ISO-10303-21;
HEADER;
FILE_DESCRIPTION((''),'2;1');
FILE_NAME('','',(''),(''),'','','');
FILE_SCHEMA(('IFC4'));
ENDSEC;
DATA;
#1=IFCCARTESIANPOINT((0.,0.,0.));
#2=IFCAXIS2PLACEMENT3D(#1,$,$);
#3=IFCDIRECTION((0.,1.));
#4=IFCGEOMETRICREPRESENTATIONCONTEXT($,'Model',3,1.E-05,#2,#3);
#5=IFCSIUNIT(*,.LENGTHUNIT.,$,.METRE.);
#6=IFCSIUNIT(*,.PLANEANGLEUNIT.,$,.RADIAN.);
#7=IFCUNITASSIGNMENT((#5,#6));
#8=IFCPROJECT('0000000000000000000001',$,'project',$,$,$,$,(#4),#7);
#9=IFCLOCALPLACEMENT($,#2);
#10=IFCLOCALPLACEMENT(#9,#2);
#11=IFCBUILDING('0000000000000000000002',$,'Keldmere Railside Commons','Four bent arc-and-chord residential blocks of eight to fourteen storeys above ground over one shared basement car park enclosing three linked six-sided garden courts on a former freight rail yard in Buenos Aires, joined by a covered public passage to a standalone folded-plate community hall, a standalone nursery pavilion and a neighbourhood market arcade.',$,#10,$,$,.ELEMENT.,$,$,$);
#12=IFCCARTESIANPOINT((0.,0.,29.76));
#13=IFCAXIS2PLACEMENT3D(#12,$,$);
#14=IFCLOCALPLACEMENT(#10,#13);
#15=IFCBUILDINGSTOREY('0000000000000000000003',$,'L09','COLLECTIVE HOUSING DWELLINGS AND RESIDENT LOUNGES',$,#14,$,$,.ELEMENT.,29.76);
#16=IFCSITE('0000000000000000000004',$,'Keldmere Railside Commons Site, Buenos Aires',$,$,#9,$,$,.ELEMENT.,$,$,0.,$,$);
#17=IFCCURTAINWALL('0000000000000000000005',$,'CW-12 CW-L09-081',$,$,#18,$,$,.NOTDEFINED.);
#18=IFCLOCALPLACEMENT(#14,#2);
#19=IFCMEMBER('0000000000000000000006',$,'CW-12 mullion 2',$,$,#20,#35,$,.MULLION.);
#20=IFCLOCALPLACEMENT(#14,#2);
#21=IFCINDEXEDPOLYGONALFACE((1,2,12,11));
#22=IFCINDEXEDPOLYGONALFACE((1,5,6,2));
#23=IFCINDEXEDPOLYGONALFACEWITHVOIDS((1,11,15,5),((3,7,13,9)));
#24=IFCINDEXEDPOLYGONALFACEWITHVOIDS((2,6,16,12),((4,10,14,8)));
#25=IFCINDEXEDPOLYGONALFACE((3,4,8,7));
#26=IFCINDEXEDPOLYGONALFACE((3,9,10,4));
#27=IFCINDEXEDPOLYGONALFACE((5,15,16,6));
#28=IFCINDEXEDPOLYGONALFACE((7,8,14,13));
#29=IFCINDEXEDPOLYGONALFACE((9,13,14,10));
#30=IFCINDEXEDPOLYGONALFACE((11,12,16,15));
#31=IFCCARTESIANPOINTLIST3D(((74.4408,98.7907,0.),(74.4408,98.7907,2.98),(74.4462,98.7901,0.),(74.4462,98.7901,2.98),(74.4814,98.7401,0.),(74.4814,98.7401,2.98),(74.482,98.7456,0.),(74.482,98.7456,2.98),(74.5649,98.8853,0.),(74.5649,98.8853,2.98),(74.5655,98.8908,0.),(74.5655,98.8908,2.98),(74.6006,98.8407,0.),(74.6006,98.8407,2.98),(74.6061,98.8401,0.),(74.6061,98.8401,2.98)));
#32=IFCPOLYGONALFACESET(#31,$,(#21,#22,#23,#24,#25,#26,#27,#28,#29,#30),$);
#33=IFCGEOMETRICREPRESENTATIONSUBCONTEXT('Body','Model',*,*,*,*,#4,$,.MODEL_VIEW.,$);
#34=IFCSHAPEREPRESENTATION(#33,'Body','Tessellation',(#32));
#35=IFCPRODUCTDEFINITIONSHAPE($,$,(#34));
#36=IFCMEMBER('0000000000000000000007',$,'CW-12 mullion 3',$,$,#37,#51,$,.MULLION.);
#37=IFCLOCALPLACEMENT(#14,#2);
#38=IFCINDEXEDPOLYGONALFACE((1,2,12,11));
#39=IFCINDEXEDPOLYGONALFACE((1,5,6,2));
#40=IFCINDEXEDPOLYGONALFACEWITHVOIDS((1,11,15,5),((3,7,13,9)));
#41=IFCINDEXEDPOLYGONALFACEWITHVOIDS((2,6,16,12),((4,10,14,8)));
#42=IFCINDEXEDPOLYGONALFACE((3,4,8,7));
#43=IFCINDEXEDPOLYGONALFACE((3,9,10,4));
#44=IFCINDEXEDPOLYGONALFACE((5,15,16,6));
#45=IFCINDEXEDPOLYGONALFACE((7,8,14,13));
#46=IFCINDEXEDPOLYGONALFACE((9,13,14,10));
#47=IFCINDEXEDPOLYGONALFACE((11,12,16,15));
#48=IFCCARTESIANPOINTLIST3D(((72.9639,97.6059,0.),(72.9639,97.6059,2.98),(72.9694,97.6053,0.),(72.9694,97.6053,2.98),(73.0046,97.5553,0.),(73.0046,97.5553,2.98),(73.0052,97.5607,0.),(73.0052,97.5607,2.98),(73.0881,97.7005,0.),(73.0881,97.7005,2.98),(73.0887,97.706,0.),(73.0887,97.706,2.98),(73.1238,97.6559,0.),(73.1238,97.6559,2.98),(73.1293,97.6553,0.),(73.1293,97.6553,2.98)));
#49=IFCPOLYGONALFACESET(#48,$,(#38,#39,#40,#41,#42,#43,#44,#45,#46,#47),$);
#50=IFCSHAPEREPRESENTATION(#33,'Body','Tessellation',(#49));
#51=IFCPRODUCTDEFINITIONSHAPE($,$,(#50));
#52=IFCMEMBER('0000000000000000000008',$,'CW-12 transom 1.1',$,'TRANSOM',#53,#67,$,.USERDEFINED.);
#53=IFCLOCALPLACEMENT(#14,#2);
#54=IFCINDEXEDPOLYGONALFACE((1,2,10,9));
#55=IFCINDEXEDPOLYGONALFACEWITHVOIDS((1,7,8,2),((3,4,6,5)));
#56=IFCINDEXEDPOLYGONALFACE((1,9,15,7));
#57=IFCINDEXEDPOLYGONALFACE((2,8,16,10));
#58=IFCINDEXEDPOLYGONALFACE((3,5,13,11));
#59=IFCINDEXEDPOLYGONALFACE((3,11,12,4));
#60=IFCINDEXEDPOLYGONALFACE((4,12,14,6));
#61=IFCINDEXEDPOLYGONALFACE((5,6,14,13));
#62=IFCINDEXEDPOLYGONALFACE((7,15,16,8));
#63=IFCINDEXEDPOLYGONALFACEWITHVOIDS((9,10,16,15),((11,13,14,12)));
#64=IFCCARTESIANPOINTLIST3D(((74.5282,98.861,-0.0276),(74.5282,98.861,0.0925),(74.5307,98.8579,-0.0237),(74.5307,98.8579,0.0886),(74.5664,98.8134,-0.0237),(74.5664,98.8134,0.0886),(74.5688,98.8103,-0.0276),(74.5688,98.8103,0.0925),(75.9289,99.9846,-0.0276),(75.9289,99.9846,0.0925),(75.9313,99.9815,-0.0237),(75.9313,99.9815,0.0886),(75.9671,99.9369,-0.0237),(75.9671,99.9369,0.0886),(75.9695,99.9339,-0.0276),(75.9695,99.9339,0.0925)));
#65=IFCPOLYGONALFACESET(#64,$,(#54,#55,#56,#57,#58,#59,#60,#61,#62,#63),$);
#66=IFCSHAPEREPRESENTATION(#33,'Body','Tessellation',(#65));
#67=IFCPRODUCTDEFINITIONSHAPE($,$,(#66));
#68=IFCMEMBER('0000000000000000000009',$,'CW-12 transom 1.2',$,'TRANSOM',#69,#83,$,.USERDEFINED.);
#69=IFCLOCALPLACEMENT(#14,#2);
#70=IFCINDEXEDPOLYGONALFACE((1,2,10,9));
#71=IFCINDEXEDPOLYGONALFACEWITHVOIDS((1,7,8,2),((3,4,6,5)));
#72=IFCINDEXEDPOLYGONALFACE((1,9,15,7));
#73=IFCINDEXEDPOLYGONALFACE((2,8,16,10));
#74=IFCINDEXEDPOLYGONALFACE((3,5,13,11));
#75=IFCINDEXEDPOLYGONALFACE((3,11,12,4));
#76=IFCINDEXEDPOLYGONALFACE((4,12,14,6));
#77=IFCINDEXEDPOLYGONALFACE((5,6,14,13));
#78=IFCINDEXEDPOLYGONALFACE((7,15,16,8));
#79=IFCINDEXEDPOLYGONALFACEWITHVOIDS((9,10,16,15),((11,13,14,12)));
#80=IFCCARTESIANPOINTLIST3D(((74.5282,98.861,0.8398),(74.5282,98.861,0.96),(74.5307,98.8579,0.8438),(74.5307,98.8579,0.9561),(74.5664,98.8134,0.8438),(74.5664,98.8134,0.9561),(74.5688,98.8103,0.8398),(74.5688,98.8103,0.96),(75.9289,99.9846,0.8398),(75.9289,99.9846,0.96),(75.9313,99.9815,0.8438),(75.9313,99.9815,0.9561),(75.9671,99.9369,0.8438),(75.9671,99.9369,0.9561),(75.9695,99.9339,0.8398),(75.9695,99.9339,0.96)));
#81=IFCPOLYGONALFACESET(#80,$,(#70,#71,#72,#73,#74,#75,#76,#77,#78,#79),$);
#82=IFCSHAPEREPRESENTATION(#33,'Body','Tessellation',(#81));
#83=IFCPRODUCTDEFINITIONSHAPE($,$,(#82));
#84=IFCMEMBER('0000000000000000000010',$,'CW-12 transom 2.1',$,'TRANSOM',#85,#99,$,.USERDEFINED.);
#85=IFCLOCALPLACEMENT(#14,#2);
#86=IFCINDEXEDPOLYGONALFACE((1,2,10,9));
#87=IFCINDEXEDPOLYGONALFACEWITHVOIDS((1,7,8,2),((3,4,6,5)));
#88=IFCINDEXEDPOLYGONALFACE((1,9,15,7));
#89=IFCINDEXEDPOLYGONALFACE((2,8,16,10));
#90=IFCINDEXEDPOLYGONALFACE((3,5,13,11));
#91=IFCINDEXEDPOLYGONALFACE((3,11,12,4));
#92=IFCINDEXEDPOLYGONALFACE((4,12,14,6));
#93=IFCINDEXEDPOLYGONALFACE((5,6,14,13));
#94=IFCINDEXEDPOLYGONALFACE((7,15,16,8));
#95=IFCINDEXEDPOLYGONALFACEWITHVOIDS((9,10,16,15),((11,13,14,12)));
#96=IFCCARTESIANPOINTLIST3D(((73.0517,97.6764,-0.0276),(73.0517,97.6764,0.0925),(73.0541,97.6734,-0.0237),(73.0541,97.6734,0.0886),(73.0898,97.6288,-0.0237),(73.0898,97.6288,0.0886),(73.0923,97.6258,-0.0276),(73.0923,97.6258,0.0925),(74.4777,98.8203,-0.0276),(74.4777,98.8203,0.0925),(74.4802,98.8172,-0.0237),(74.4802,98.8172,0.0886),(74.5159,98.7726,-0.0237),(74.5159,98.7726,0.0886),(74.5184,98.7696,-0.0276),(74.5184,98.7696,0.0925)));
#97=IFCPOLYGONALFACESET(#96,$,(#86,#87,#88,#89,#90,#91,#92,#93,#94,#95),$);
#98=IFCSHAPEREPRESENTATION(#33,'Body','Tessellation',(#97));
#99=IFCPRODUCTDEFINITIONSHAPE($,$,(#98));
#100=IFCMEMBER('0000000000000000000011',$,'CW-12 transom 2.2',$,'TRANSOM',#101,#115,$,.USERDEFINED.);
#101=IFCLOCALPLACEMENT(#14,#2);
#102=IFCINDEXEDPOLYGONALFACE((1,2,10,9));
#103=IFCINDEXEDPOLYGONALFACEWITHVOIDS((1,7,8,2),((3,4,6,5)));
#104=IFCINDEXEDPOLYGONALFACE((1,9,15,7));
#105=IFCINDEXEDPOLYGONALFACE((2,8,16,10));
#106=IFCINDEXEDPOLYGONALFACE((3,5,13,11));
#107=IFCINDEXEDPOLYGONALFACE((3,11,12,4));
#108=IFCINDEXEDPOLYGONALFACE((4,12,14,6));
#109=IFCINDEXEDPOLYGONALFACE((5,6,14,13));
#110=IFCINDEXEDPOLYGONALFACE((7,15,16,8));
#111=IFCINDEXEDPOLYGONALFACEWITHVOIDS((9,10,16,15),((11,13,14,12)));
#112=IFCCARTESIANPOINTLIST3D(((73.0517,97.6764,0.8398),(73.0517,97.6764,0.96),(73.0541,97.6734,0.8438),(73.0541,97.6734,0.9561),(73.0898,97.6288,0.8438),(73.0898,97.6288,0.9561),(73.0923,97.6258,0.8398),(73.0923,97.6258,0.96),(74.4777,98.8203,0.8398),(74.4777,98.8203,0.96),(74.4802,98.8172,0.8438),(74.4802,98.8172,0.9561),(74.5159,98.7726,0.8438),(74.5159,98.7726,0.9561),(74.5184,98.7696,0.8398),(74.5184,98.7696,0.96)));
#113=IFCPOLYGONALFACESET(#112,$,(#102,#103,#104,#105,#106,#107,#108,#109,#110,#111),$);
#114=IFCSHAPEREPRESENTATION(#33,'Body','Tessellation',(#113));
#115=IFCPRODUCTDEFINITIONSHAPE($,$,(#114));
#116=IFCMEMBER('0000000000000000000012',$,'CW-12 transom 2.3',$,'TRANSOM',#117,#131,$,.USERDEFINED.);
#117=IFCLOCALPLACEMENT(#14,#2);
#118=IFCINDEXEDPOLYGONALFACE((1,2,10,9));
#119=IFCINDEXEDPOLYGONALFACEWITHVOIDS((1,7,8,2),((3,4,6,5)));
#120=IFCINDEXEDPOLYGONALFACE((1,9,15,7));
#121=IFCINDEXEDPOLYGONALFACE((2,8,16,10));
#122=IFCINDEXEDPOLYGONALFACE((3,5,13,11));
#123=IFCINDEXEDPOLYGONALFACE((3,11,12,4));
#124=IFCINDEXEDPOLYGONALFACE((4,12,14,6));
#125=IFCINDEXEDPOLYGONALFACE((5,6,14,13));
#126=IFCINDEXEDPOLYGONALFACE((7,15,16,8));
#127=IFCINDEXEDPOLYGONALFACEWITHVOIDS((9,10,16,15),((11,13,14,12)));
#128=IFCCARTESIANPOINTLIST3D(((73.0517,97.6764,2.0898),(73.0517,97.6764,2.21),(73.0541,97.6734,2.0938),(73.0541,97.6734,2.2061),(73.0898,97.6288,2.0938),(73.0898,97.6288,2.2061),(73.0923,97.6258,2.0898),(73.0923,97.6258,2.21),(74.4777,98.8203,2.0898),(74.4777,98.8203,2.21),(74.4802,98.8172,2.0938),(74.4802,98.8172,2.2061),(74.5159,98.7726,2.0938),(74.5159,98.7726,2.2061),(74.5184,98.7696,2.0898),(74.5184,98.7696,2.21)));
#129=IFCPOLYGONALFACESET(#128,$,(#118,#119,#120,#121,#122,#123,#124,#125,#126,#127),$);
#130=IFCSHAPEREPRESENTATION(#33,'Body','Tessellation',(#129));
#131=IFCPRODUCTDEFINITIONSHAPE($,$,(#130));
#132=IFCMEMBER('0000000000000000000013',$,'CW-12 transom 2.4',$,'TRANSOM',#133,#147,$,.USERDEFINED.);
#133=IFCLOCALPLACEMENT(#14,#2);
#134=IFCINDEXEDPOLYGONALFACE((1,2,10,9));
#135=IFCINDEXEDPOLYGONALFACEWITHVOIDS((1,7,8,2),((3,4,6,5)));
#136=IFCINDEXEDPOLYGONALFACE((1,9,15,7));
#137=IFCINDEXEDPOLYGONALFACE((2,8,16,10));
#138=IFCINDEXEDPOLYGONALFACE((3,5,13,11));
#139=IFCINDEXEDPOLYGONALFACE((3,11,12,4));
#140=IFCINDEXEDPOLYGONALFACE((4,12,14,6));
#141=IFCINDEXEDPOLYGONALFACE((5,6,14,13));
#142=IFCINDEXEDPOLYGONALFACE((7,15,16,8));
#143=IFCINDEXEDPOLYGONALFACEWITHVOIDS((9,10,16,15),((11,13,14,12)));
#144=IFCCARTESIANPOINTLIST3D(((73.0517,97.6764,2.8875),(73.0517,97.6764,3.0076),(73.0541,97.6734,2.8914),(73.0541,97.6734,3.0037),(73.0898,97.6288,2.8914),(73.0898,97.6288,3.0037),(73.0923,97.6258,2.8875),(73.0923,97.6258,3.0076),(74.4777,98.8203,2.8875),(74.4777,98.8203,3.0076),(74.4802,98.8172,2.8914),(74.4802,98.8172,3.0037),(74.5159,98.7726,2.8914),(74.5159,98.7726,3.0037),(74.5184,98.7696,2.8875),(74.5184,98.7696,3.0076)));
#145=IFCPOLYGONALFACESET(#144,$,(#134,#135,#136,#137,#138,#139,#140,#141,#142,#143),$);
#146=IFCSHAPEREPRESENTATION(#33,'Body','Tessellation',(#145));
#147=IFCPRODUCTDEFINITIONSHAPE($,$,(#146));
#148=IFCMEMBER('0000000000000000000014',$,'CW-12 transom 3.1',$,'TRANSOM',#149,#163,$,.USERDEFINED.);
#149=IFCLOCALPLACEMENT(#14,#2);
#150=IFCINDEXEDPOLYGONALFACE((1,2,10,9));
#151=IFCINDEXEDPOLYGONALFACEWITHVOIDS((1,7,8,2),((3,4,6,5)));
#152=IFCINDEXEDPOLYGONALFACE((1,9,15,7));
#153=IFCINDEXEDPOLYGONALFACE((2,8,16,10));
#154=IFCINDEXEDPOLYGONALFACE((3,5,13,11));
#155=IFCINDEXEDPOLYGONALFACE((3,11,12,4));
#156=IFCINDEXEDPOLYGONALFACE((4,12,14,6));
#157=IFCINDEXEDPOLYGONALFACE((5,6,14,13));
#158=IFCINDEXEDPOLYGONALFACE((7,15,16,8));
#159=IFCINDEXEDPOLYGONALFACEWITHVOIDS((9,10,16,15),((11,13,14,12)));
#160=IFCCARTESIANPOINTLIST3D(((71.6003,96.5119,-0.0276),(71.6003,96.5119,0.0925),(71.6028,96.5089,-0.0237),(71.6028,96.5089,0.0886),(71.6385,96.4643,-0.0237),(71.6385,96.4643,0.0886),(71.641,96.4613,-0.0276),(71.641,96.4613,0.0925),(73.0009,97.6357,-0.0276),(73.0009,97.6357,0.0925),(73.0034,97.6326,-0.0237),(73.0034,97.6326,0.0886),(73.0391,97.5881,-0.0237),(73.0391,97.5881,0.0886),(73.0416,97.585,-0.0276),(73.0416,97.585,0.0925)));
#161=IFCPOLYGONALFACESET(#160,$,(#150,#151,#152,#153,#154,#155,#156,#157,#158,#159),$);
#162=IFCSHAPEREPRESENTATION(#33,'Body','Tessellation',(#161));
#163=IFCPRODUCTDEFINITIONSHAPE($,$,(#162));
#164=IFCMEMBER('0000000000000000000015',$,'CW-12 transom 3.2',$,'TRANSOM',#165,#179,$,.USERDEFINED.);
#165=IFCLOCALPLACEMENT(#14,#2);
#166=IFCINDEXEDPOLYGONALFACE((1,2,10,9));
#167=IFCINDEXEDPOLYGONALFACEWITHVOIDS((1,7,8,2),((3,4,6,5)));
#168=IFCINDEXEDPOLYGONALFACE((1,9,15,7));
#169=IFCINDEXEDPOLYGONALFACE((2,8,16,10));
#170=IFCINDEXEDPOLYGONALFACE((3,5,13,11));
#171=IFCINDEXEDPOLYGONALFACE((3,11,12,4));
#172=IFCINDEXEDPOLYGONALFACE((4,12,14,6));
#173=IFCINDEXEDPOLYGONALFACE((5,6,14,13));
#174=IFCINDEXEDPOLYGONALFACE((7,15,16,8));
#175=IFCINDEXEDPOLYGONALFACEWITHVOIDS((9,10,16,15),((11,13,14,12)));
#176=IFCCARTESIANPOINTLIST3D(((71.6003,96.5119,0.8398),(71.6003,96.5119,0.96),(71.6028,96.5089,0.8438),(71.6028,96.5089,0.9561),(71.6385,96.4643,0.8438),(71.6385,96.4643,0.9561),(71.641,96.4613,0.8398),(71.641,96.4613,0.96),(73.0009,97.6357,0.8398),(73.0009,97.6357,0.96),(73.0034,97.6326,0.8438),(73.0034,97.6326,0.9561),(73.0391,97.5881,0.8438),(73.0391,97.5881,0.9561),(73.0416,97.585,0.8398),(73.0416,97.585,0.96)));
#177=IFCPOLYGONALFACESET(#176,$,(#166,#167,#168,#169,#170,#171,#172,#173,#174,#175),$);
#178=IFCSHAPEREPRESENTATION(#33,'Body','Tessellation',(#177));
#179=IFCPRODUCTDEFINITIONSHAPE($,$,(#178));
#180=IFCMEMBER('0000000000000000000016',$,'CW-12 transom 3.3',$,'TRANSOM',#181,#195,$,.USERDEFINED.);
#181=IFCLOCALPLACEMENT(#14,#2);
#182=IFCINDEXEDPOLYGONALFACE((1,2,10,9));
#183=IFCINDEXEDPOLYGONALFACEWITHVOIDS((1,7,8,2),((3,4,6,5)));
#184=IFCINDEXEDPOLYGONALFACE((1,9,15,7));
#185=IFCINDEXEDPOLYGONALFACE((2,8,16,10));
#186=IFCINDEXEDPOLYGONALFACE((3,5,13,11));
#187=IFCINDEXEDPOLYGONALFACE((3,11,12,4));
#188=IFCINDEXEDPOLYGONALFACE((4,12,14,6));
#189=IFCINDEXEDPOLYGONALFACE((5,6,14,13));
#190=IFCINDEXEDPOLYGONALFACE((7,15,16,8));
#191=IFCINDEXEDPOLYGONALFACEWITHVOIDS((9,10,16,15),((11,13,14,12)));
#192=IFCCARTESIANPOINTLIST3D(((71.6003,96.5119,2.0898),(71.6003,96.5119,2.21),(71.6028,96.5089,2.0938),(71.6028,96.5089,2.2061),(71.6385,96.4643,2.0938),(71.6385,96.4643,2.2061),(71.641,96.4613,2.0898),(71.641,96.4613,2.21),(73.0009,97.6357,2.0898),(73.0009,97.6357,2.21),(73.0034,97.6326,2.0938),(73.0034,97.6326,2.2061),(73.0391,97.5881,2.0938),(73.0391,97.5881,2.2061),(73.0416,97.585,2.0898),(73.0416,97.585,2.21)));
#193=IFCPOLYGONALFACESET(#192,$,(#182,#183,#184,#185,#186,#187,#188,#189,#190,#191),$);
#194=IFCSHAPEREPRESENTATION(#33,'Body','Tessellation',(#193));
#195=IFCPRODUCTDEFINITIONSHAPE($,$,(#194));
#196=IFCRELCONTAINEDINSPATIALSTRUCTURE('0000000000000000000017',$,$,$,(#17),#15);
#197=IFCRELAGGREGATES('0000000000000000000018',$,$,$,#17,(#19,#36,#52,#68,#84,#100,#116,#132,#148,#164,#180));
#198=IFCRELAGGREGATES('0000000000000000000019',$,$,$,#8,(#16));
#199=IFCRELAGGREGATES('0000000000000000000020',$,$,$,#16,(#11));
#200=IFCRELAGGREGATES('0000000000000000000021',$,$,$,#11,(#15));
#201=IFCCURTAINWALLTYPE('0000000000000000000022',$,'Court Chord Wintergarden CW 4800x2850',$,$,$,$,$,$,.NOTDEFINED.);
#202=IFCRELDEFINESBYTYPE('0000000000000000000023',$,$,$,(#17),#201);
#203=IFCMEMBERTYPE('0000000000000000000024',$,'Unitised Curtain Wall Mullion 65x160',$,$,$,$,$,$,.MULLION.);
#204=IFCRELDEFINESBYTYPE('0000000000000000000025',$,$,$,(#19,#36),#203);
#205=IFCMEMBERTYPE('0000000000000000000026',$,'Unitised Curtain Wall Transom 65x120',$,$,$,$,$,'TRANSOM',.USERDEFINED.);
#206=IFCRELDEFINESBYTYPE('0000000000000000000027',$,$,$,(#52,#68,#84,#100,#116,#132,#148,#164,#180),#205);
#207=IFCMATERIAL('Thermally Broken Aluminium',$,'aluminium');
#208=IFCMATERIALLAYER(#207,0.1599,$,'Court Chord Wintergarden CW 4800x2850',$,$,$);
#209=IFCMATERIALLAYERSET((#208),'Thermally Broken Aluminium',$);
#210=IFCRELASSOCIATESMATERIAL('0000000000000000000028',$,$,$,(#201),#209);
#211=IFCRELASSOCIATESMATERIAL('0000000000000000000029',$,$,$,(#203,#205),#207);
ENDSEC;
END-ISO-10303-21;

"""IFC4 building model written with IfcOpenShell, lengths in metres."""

from ifc_helpers import new_model, si_unit, direction, frame, origin, origin_2d, place, context, subcontext, project, spatial, hollow_rectangle, extrude, material, layer, layer_set, material_profile, profile_set, type_object, element, aggregate, save


model = new_model("IFC4")

# Units and contexts
model_context = context("Model", 3, precision=1e-05, world=origin(), true_north=direction((0.0, 1.0)))
body_context = subcontext(model_context, "Body", "Model", "MODEL_VIEW")
ifc_project = project(units=[si_unit("LENGTHUNIT", "METRE"), si_unit("PLANEANGLEUNIT", "RADIAN")], contexts=[model_context])

# Site, building, storey
site_placement = place(None, origin())
site = spatial("IfcSite", under=ifc_project, at=site_placement, Name="Keldmere Railside Commons Site, Buenos Aires", CompositionType="ELEMENT", RefElevation=0.0)
building_placement = place(site_placement, origin())
building = spatial("IfcBuilding", under=site, at=building_placement, Name="Keldmere Railside Commons", Description="Four bent arc-and-chord residential blocks of eight to fourteen storeys above ground over one shared basement car park enclosing three linked six-sided garden courts on a former freight rail yard in Buenos Aires, joined by a covered public passage to a standalone folded-plate community hall, a standalone nursery pavilion and a neighbourhood market arcade.", CompositionType="ELEMENT")
storey_placement = place(building_placement, frame((0.0, 0.0, 29.76)))
storey = spatial("IfcBuildingStorey", under=building, at=storey_placement, Name="L09", Description="COLLECTIVE HOUSING DWELLINGS AND RESIDENT LOUNGES", CompositionType="ELEMENT", Elevation=29.76)

# Curtain wall, members
ifc_material_1 = material(Name="Thermally Broken Aluminium", Category="aluminium")
ifc_layer_1 = layer(ifc_material_1, 0.1599, Name="Court Chord Wintergarden CW 4800x2850")
ifc_layer_set_1 = layer_set([ifc_layer_1], Name="Thermally Broken Aluminium")
curtain_wall_type = type_object("IfcCurtainWallType", Name="Court Chord Wintergarden CW 4800x2850", PredefinedType="NOTDEFINED", material=ifc_layer_set_1)
curtain_wall_placement = place(storey_placement, origin())
curtain_wall = element("IfcCurtainWall", 1, at=curtain_wall_placement, inside=storey, type_object=curtain_wall_type, Name="CW-12 CW-L09-081", PredefinedType="NOTDEFINED")
ifc_material_profile_1 = material_profile(ifc_material_1, hollow_rectangle(XDim=0.0649, YDim=0.1599, WallThickness=0.0039, at=origin_2d()), Name="ALU-MULL-65x160")
ifc_profile_set_1 = profile_set([ifc_material_profile_1], Name="Thermally Broken Aluminium")
member_type_1 = type_object("IfcMemberType", Name="Unitised Curtain Wall Mullion 65x160", PredefinedType="MULLION", material=ifc_profile_set_1)
member_1_placement = place(storey_placement, frame((74.5234, 98.8154, 0.0), z_axis=(0.0, 0.0, 1.0), x_axis=(0.625768, -0.780009, 0.0)))
member_1 = element("IfcMember", 2, at=member_1_placement, type_object=member_type_1, Name="CW-12 mullion 2", PredefinedType="MULLION", context=body_context, shape_type="SweptSolid", body=[
    extrude(hollow_rectangle(XDim=0.0649, YDim=0.1599, WallThickness=0.0039, at=origin_2d()), origin(), (0.0, 0.0, 1.0), 2.98),
])
member_2_placement = place(storey_placement, frame((73.0466, 97.6306, 0.0), z_axis=(0.0, 0.0, 1.0), x_axis=(0.625768, -0.780009, 0.0)))
member_2 = element("IfcMember", 3, at=member_2_placement, type_object=member_type_1, Name="CW-12 mullion 3", PredefinedType="MULLION", context=body_context, shape_type="SweptSolid", body=[
    extrude(hollow_rectangle(XDim=0.0649, YDim=0.1599, WallThickness=0.0039, at=origin_2d()), origin(), (0.0, 0.0, 1.0), 2.98),
])
ifc_material_profile_2 = material_profile(ifc_material_1, hollow_rectangle(XDim=0.0649, YDim=0.1201, WallThickness=0.0039, at=origin_2d()), Name="ALU-TRAN-65x120")
ifc_profile_set_2 = profile_set([ifc_material_profile_2], Name="Thermally Broken Aluminium")
member_type_2 = type_object("IfcMemberType", Name="Unitised Curtain Wall Transom 65x120", ElementType="TRANSOM", PredefinedType="USERDEFINED", material=ifc_profile_set_2)
member_3_placement = place(storey_placement, frame((75.9492, 99.9592, 0.0325), z_axis=(-0.780046, -0.625723, 0.0), x_axis=(0.625723, -0.780046, 0.0)))
member_3 = element("IfcMember", 4, at=member_3_placement, type_object=member_type_2, Name="CW-12 transom 1.1", ObjectType="TRANSOM", PredefinedType="USERDEFINED", context=body_context, shape_type="SweptSolid", body=[
    extrude(hollow_rectangle(XDim=0.0649, YDim=0.1201, WallThickness=0.0039, at=origin_2d()), origin(), (0.0, 0.0, 1.0), 1.7957),
])
member_4_placement = place(storey_placement, frame((75.9492, 99.9592, 0.8999), z_axis=(-0.780046, -0.625723, 0.0), x_axis=(0.625723, -0.780046, 0.0)))
member_4 = element("IfcMember", 5, at=member_4_placement, type_object=member_type_2, Name="CW-12 transom 1.2", ObjectType="TRANSOM", PredefinedType="USERDEFINED", context=body_context, shape_type="SweptSolid", body=[
    extrude(hollow_rectangle(XDim=0.0649, YDim=0.1201, WallThickness=0.0039, at=origin_2d()), origin(), (0.0, 0.0, 1.0), 1.7957),
])
member_5_placement = place(storey_placement, frame((74.498, 98.7949, 0.0325), z_axis=(-0.780073, -0.625688, 0.0), x_axis=(0.625688, -0.780073, 0.0)))
member_5 = element("IfcMember", 6, at=member_5_placement, type_object=member_type_2, Name="CW-12 transom 2.1", ObjectType="TRANSOM", PredefinedType="USERDEFINED", context=body_context, shape_type="SweptSolid", body=[
    extrude(hollow_rectangle(XDim=0.0649, YDim=0.1201, WallThickness=0.0039, at=origin_2d()), origin(), (0.0, 0.0, 1.0), 1.8281),
])
member_6_placement = place(storey_placement, frame((74.498, 98.7949, 0.8999), z_axis=(-0.780073, -0.625688, 0.0), x_axis=(0.625688, -0.780073, 0.0)))
member_6 = element("IfcMember", 7, at=member_6_placement, type_object=member_type_2, Name="CW-12 transom 2.2", ObjectType="TRANSOM", PredefinedType="USERDEFINED", context=body_context, shape_type="SweptSolid", body=[
    extrude(hollow_rectangle(XDim=0.0649, YDim=0.1201, WallThickness=0.0039, at=origin_2d()), origin(), (0.0, 0.0, 1.0), 1.8281),
])
member_7_placement = place(storey_placement, frame((74.498, 98.7949, 2.1499), z_axis=(-0.780073, -0.625688, 0.0), x_axis=(0.625688, -0.780073, 0.0)))
member_7 = element("IfcMember", 8, at=member_7_placement, type_object=member_type_2, Name="CW-12 transom 2.3", ObjectType="TRANSOM", PredefinedType="USERDEFINED", context=body_context, shape_type="SweptSolid", body=[
    extrude(hollow_rectangle(XDim=0.0649, YDim=0.1201, WallThickness=0.0039, at=origin_2d()), origin(), (0.0, 0.0, 1.0), 1.8281),
])
member_8_placement = place(storey_placement, frame((74.498, 98.7949, 2.9475), z_axis=(-0.780073, -0.625688, 0.0), x_axis=(0.625688, -0.780073, 0.0)))
member_8 = element("IfcMember", 9, at=member_8_placement, type_object=member_type_2, Name="CW-12 transom 2.4", ObjectType="TRANSOM", PredefinedType="USERDEFINED", context=body_context, shape_type="SweptSolid", body=[
    extrude(hollow_rectangle(XDim=0.0649, YDim=0.1201, WallThickness=0.0039, at=origin_2d()), origin(), (0.0, 0.0, 1.0), 1.8281),
])
member_9_placement = place(storey_placement, frame((73.0212, 97.6104, 0.0325), z_axis=(-0.779979, -0.625805, 0.0), x_axis=(0.625805, -0.779979, 0.0)))
member_9 = element("IfcMember", 10, at=member_9_placement, type_object=member_type_2, Name="CW-12 transom 3.1", ObjectType="TRANSOM", PredefinedType="USERDEFINED", context=body_context, shape_type="SweptSolid", body=[
    extrude(hollow_rectangle(XDim=0.0649, YDim=0.1201, WallThickness=0.0039, at=origin_2d()), origin(), (0.0, 0.0, 1.0), 1.7957),
])
member_10_placement = place(storey_placement, frame((73.0212, 97.6104, 0.8999), z_axis=(-0.779979, -0.625805, 0.0), x_axis=(0.625805, -0.779979, 0.0)))
member_10 = element("IfcMember", 11, at=member_10_placement, type_object=member_type_2, Name="CW-12 transom 3.2", ObjectType="TRANSOM", PredefinedType="USERDEFINED", context=body_context, shape_type="SweptSolid", body=[
    extrude(hollow_rectangle(XDim=0.0649, YDim=0.1201, WallThickness=0.0039, at=origin_2d()), origin(), (0.0, 0.0, 1.0), 1.7957),
])
member_11_placement = place(storey_placement, frame((73.0212, 97.6104, 2.1499), z_axis=(-0.779979, -0.625805, 0.0), x_axis=(0.625805, -0.779979, 0.0)))
member_11 = element("IfcMember", 12, at=member_11_placement, type_object=member_type_2, Name="CW-12 transom 3.3", ObjectType="TRANSOM", PredefinedType="USERDEFINED", context=body_context, shape_type="SweptSolid", body=[
    extrude(hollow_rectangle(XDim=0.0649, YDim=0.1201, WallThickness=0.0039, at=origin_2d()), origin(), (0.0, 0.0, 1.0), 1.7957),
])
aggregate(curtain_wall, [member_1, member_2, member_3, member_4, member_5, member_6, member_7, member_8, member_9, member_10, member_11])

save(model, "model.ifc")
